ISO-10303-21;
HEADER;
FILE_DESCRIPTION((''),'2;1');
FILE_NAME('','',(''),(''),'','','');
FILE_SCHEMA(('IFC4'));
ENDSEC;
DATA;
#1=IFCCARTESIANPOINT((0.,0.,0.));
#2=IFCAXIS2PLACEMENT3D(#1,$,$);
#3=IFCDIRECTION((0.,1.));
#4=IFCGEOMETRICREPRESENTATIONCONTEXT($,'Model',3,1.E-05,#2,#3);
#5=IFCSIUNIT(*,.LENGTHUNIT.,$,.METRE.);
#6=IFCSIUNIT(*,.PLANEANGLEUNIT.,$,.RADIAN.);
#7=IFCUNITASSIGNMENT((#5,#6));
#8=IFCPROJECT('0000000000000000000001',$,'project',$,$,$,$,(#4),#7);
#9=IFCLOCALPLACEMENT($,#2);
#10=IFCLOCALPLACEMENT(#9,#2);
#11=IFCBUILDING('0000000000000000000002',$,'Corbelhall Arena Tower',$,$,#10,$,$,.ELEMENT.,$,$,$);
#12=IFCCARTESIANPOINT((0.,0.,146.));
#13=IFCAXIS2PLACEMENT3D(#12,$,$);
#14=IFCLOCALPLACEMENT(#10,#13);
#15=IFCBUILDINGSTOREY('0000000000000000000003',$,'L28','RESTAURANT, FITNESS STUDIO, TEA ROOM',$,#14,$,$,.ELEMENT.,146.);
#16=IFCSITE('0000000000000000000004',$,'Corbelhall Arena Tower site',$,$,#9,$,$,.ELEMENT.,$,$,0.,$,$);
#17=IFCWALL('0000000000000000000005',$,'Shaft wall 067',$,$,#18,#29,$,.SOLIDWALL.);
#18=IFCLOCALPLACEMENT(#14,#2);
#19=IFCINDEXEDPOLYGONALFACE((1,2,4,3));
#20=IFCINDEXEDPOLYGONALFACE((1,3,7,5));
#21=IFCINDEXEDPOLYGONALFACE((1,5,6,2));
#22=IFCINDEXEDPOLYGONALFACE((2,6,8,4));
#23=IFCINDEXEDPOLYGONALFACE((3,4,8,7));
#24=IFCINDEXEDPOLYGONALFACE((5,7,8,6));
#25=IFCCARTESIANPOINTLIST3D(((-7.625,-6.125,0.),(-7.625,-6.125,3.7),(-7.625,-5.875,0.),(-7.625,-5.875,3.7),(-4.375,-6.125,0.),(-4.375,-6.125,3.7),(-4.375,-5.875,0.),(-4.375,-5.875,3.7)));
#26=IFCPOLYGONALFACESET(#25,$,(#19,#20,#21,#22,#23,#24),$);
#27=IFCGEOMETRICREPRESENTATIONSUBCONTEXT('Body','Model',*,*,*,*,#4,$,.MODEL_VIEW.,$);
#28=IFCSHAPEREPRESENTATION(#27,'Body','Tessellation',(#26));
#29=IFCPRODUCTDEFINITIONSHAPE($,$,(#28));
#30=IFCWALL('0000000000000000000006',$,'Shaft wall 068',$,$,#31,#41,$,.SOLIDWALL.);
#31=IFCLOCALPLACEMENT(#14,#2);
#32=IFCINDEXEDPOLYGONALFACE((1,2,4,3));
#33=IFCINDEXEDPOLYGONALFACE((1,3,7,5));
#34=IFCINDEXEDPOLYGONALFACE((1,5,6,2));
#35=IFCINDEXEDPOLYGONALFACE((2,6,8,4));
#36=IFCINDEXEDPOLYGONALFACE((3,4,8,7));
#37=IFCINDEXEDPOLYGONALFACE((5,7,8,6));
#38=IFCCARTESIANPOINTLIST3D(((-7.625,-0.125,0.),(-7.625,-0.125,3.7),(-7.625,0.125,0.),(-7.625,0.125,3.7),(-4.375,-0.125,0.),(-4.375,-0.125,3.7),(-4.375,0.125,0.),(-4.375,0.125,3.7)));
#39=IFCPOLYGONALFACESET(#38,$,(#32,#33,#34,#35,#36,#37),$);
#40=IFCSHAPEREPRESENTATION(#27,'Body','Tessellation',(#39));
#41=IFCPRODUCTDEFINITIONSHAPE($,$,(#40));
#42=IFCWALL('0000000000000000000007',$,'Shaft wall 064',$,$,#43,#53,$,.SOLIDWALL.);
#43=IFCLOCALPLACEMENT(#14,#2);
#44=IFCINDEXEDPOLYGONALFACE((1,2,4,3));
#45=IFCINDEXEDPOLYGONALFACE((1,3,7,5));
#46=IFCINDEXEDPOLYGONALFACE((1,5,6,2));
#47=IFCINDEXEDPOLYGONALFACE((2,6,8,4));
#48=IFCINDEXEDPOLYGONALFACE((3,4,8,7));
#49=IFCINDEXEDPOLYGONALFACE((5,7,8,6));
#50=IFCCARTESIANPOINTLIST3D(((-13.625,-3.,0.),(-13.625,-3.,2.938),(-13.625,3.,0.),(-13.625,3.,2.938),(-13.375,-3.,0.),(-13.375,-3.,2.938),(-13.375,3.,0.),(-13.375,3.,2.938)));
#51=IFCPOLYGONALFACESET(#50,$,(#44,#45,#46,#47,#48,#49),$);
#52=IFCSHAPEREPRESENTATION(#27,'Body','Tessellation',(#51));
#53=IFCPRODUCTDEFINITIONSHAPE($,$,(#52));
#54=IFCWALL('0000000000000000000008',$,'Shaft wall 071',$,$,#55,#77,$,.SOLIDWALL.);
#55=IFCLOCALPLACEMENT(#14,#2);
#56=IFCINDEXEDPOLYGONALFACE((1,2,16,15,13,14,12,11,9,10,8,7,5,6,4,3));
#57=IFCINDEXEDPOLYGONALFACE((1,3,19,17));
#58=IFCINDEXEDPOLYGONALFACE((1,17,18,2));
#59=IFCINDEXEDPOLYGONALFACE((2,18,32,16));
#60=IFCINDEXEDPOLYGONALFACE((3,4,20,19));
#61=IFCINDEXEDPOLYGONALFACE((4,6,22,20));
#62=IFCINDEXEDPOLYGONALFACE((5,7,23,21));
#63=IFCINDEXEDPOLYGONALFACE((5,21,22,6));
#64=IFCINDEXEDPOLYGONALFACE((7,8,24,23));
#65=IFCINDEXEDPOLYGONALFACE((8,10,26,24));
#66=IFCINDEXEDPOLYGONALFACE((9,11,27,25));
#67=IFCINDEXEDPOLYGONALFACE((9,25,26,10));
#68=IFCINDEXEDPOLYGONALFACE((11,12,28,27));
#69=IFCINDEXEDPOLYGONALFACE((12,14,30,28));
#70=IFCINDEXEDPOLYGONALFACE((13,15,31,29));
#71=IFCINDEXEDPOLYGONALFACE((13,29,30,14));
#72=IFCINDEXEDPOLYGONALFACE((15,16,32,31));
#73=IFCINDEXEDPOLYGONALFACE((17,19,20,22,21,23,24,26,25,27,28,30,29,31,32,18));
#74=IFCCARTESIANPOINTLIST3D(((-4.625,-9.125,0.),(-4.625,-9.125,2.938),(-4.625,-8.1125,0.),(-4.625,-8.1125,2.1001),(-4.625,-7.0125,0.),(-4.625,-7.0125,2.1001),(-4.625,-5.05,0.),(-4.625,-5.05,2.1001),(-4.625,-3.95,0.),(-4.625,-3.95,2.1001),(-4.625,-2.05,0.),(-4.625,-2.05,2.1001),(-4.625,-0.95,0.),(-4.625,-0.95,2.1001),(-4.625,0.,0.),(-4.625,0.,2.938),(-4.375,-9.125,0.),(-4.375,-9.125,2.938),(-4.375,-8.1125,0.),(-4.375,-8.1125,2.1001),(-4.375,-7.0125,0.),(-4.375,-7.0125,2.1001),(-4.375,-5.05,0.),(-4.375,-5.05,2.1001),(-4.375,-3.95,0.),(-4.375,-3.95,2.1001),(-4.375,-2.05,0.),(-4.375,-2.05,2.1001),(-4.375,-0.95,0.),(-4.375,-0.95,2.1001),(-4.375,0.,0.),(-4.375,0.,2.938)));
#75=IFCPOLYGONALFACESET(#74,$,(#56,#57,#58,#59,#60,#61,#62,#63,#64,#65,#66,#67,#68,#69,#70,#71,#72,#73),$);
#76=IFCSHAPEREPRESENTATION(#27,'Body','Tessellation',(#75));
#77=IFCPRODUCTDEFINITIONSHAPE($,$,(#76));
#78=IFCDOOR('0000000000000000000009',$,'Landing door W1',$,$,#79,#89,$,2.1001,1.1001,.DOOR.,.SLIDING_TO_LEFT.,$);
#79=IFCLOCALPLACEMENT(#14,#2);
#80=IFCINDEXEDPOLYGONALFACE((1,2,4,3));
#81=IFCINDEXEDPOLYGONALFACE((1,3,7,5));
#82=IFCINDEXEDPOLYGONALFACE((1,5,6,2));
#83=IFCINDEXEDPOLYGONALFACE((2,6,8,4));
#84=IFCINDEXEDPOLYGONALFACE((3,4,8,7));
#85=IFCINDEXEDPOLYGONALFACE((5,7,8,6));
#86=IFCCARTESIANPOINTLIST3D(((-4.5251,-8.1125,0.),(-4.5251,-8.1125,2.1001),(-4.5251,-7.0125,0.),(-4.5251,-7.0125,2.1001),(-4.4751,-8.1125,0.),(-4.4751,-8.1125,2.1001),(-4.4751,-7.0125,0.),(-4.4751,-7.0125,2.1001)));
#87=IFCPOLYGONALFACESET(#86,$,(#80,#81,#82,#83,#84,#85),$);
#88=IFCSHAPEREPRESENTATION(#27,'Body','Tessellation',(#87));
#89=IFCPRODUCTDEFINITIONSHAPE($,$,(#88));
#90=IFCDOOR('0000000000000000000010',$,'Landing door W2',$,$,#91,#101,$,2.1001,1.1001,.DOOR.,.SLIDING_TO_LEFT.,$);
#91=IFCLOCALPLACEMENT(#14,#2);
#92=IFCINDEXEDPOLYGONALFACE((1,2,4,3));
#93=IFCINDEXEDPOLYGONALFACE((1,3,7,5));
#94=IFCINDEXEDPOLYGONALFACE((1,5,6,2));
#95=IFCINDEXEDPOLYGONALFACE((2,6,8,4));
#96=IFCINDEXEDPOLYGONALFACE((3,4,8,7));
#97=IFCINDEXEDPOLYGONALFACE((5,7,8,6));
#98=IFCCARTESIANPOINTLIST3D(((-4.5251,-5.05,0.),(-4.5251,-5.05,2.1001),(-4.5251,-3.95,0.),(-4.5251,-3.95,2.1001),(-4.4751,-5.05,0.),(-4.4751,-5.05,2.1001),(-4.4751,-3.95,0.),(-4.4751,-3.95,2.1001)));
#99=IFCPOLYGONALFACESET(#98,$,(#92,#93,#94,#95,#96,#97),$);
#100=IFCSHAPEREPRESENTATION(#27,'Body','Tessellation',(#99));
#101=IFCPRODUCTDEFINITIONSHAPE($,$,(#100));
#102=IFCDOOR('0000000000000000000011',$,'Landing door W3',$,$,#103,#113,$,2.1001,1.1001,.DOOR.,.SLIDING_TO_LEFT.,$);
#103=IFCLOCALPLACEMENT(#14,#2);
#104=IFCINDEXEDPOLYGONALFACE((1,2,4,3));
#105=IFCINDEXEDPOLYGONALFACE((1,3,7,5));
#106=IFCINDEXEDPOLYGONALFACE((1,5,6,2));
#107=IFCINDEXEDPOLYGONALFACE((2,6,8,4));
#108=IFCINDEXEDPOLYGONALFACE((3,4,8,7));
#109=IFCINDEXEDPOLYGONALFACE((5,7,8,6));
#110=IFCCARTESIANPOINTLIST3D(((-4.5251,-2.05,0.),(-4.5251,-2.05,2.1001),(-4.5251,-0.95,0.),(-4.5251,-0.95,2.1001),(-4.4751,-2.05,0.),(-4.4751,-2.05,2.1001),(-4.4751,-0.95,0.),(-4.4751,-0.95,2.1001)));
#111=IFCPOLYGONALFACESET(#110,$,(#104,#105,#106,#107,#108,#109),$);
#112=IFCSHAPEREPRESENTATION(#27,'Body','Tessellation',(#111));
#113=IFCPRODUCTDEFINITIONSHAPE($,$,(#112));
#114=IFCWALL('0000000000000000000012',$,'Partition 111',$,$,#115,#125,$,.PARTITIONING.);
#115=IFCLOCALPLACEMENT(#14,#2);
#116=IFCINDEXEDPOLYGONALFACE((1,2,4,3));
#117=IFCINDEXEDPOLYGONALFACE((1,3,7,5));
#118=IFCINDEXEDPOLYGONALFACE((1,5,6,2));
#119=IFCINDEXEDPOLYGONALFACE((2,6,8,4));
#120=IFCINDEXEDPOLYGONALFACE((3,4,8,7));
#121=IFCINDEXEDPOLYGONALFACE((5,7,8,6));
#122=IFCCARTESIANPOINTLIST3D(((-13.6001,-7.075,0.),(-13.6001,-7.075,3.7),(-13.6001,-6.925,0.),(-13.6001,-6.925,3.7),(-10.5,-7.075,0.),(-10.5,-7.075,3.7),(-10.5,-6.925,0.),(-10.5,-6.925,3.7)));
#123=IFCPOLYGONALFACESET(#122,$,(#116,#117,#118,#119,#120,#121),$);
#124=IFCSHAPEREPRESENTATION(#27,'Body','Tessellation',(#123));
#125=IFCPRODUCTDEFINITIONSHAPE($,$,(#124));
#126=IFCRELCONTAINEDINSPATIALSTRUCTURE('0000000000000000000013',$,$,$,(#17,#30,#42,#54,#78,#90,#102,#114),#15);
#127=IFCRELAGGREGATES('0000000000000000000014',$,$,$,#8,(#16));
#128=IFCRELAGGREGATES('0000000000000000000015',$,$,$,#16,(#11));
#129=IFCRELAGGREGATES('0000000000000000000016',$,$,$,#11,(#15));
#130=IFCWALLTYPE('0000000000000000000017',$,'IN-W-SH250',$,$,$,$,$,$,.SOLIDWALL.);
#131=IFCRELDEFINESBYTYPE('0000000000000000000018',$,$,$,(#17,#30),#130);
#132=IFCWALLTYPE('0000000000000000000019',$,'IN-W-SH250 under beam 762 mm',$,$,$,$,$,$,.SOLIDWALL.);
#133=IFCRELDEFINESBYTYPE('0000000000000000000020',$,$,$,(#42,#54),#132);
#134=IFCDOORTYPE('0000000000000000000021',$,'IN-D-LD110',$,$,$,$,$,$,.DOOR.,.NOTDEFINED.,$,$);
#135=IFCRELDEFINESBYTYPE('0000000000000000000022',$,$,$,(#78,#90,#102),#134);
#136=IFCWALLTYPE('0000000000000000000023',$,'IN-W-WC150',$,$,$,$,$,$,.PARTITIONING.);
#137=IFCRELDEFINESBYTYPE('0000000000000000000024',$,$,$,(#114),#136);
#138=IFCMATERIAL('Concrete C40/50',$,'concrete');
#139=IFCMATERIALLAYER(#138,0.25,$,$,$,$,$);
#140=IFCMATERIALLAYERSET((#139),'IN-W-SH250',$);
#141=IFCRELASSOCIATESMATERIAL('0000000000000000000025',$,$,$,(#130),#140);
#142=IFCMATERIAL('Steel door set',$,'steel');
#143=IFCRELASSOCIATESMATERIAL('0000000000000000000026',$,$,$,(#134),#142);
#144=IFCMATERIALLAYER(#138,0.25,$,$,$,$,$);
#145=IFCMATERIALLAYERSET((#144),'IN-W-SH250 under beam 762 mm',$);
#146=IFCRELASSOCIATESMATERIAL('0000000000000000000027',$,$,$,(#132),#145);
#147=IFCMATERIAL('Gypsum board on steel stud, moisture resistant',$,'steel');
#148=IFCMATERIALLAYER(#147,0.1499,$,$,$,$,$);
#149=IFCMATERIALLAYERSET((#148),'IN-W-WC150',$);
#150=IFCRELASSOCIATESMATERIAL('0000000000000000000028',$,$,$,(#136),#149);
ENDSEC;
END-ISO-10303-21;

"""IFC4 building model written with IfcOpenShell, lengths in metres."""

from ifc_helpers import new_model, si_unit, direction, frame, frame_2d, origin, place, context, subcontext, project, spatial, rectangle, extrude, material, layer, layer_set, type_object, element, fill, save


model = new_model("IFC4")

# Units and contexts
model_context = context("Model", 3, precision=1e-05, world=origin(), true_north=direction((0.0, 1.0)))
body_context = subcontext(model_context, "Body", "Model", "MODEL_VIEW")
ifc_project = project(units=[si_unit("LENGTHUNIT", "METRE"), si_unit("PLANEANGLEUNIT", "RADIAN")], contexts=[model_context])

# Site, building, storey
site_placement = place(None, origin())
site = spatial("IfcSite", under=ifc_project, at=site_placement, Name="Corbelhall Arena Tower site", CompositionType="ELEMENT", RefElevation=0.0)
building_placement = place(site_placement, origin())
building = spatial("IfcBuilding", under=site, at=building_placement, Name="Corbelhall Arena Tower", CompositionType="ELEMENT")
storey_placement = place(building_placement, frame((0.0, 0.0, 146.0)))
storey = spatial("IfcBuildingStorey", under=building, at=storey_placement, Name="L28", Description="RESTAURANT, FITNESS STUDIO, TEA ROOM", CompositionType="ELEMENT", Elevation=146.0)

# Shared definitions
ifc_material_1 = material(Name="Concrete C40/50", Category="concrete")
ifc_layer_1 = layer(ifc_material_1, 0.25)
ifc_layer_set_1 = layer_set([ifc_layer_1], Name="IN-W-SH250")
wall_type_1 = type_object("IfcWallType", Name="IN-W-SH250", PredefinedType="SOLIDWALL", material=ifc_layer_set_1)

# Shared definitions
ifc_material_2 = material(Name="Steel door set", Category="steel")

# Shared definitions
door_type_1 = type_object("IfcDoorType", Name="IN-D-LD110", OperationType="NOTDEFINED", PredefinedType="DOOR", material=ifc_material_2)

# Walls
for number, where, z_axis, x_axis, name in (
    (1, (-7.625, -6.0, 0.0), (0.0, 0.0, 1.0), (1.0, 0.0, 0.0), "Shaft wall 067"),
    (2, (-7.625, 0.0, 0.0), (0.0, 0.0, 1.0), (1.0, 0.0, 0.0), "Shaft wall 068"),
):
    element("IfcWall", number, at=place(storey_placement, frame(where, z_axis=z_axis, x_axis=x_axis)), inside=storey, type_object=wall_type_1, Name=name, PredefinedType="SOLIDWALL", context=body_context, shape_type="SweptSolid", body=[
        extrude(rectangle(XDim=3.25, YDim=0.25, at=frame_2d((1.625, 0.0))), origin(), (0.0, 0.0, 1.0), 3.7),
    ])
ifc_layer_2 = layer(ifc_material_1, 0.25)
ifc_layer_set_2 = layer_set([ifc_layer_2], Name="IN-W-SH250 under beam 762 mm")
wall_type_2 = type_object("IfcWallType", Name="IN-W-SH250 under beam 762 mm", PredefinedType="SOLIDWALL", material=ifc_layer_set_2)
wall_1_placement = place(storey_placement, frame((-13.5, -3.0, 0.0), z_axis=(0.0, 0.0, 1.0), x_axis=(0.0, 1.0, 0.0)))
element("IfcWall", 3, at=wall_1_placement, inside=storey, type_object=wall_type_2, Name="Shaft wall 064", PredefinedType="SOLIDWALL", context=body_context, shape_type="SweptSolid", body=[
    extrude(rectangle(XDim=6.0, YDim=0.25, at=frame_2d((3.0, 0.0))), origin(), (0.0, 0.0, 1.0), 2.938),
])

# Wall, openings, doors
wall_2_placement = place(storey_placement, frame((-4.5, 0.0, 0.0), z_axis=(0.0, 0.0, 1.0), x_axis=(0.0, -1.0, 0.0)))
wall_2 = element("IfcWall", 4, at=wall_2_placement, inside=storey, type_object=wall_type_2, Name="Shaft wall 071", PredefinedType="SOLIDWALL", context=body_context, shape_type="SweptSolid", body=[
    extrude(rectangle(XDim=9.125, YDim=0.25, at=frame_2d((4.5625, 0.0))), origin(), (0.0, 0.0, 1.0), 2.938),
])
opening_1_placement = place(wall_2_placement, frame((7.0125, 0.0, 0.0)))
opening_1 = element("IfcOpeningElement", 5, at=opening_1_placement, cuts=wall_2, PredefinedType="OPENING", context=body_context, shape_type="SweptSolid", body=[
    extrude(rectangle(XDim=1.1001, YDim=2.1001, at=frame_2d((0.55, 1.05))), frame((0.0, 0.125, 0.0), z_axis=(0.0, -1.0, 0.0), x_axis=(1.0, 0.0, 0.0)), (0.0, 0.0, 1.0), 0.25),
])
opening_2_placement = place(wall_2_placement, frame((3.95, 0.0, 0.0)))
opening_2 = element("IfcOpeningElement", 6, at=opening_2_placement, cuts=wall_2, PredefinedType="OPENING", context=body_context, shape_type="SweptSolid", body=[
    extrude(rectangle(XDim=1.1001, YDim=2.1001, at=frame_2d((0.55, 1.05))), frame((0.0, 0.125, 0.0), z_axis=(0.0, -1.0, 0.0), x_axis=(1.0, 0.0, 0.0)), (0.0, 0.0, 1.0), 0.25),
])
opening_3_placement = place(wall_2_placement, frame((0.95, 0.0, 0.0)))
opening_3 = element("IfcOpeningElement", 7, at=opening_3_placement, cuts=wall_2, PredefinedType="OPENING", context=body_context, shape_type="SweptSolid", body=[
    extrude(rectangle(XDim=1.1001, YDim=2.1001, at=frame_2d((0.55, 1.05))), frame((0.0, 0.125, 0.0), z_axis=(0.0, -1.0, 0.0), x_axis=(1.0, 0.0, 0.0)), (0.0, 0.0, 1.0), 0.25),
])
door_1_placement = place(opening_1_placement, origin())
door_1 = element("IfcDoor", 8, at=door_1_placement, inside=storey, type_object=door_type_1, Name="Landing door W1", OperationType="SLIDING_TO_LEFT", OverallHeight=2.1001, OverallWidth=1.1001, PredefinedType="DOOR", context=body_context, shape_type="SweptSolid", body=[
    extrude(rectangle(XDim=1.1001, YDim=2.1001, at=frame_2d((0.55, 1.05))), frame((0.0, 0.0249, 0.0), z_axis=(0.0, -1.0, 0.0), x_axis=(1.0, 0.0, 0.0)), (0.0, 0.0, 1.0), 0.05),
])
fill(opening_1, door_1)
door_2_placement = place(opening_2_placement, origin())
door_2 = element("IfcDoor", 9, at=door_2_placement, inside=storey, type_object=door_type_1, Name="Landing door W2", OperationType="SLIDING_TO_LEFT", OverallHeight=2.1001, OverallWidth=1.1001, PredefinedType="DOOR", context=body_context, shape_type="SweptSolid", body=[
    extrude(rectangle(XDim=1.1001, YDim=2.1001, at=frame_2d((0.55, 1.05))), frame((0.0, 0.0249, 0.0), z_axis=(0.0, -1.0, 0.0), x_axis=(1.0, 0.0, 0.0)), (0.0, 0.0, 1.0), 0.05),
])
fill(opening_2, door_2)
door_3_placement = place(opening_3_placement, origin())
door_3 = element("IfcDoor", 10, at=door_3_placement, inside=storey, type_object=door_type_1, Name="Landing door W3", OperationType="SLIDING_TO_LEFT", OverallHeight=2.1001, OverallWidth=1.1001, PredefinedType="DOOR", context=body_context, shape_type="SweptSolid", body=[
    extrude(rectangle(XDim=1.1001, YDim=2.1001, at=frame_2d((0.55, 1.05))), frame((0.0, 0.0249, 0.0), z_axis=(0.0, -1.0, 0.0), x_axis=(1.0, 0.0, 0.0)), (0.0, 0.0, 1.0), 0.05),
])
fill(opening_3, door_3)

# Wall
ifc_material_3 = material(Name="Gypsum board on steel stud, moisture resistant", Category="steel")
ifc_layer_3 = layer(ifc_material_3, 0.1499)
ifc_layer_set_3 = layer_set([ifc_layer_3], Name="IN-W-WC150")
wall_type_3 = type_object("IfcWallType", Name="IN-W-WC150", PredefinedType="PARTITIONING", material=ifc_layer_set_3)
wall_3_placement = place(storey_placement, frame((-13.6001, -7.0, 0.0), z_axis=(0.0, 0.0, 1.0), x_axis=(1.0, 0.0, 0.0)))
element("IfcWall", 11, at=wall_3_placement, inside=storey, type_object=wall_type_3, Name="Partition 111", PredefinedType="PARTITIONING", context=body_context, shape_type="SweptSolid", body=[
    extrude(rectangle(XDim=3.1001, YDim=0.1499, at=frame_2d((1.55, 0.0))), origin(), (0.0, 0.0, 1.0), 3.7),
])

save(model, "model.ifc")
